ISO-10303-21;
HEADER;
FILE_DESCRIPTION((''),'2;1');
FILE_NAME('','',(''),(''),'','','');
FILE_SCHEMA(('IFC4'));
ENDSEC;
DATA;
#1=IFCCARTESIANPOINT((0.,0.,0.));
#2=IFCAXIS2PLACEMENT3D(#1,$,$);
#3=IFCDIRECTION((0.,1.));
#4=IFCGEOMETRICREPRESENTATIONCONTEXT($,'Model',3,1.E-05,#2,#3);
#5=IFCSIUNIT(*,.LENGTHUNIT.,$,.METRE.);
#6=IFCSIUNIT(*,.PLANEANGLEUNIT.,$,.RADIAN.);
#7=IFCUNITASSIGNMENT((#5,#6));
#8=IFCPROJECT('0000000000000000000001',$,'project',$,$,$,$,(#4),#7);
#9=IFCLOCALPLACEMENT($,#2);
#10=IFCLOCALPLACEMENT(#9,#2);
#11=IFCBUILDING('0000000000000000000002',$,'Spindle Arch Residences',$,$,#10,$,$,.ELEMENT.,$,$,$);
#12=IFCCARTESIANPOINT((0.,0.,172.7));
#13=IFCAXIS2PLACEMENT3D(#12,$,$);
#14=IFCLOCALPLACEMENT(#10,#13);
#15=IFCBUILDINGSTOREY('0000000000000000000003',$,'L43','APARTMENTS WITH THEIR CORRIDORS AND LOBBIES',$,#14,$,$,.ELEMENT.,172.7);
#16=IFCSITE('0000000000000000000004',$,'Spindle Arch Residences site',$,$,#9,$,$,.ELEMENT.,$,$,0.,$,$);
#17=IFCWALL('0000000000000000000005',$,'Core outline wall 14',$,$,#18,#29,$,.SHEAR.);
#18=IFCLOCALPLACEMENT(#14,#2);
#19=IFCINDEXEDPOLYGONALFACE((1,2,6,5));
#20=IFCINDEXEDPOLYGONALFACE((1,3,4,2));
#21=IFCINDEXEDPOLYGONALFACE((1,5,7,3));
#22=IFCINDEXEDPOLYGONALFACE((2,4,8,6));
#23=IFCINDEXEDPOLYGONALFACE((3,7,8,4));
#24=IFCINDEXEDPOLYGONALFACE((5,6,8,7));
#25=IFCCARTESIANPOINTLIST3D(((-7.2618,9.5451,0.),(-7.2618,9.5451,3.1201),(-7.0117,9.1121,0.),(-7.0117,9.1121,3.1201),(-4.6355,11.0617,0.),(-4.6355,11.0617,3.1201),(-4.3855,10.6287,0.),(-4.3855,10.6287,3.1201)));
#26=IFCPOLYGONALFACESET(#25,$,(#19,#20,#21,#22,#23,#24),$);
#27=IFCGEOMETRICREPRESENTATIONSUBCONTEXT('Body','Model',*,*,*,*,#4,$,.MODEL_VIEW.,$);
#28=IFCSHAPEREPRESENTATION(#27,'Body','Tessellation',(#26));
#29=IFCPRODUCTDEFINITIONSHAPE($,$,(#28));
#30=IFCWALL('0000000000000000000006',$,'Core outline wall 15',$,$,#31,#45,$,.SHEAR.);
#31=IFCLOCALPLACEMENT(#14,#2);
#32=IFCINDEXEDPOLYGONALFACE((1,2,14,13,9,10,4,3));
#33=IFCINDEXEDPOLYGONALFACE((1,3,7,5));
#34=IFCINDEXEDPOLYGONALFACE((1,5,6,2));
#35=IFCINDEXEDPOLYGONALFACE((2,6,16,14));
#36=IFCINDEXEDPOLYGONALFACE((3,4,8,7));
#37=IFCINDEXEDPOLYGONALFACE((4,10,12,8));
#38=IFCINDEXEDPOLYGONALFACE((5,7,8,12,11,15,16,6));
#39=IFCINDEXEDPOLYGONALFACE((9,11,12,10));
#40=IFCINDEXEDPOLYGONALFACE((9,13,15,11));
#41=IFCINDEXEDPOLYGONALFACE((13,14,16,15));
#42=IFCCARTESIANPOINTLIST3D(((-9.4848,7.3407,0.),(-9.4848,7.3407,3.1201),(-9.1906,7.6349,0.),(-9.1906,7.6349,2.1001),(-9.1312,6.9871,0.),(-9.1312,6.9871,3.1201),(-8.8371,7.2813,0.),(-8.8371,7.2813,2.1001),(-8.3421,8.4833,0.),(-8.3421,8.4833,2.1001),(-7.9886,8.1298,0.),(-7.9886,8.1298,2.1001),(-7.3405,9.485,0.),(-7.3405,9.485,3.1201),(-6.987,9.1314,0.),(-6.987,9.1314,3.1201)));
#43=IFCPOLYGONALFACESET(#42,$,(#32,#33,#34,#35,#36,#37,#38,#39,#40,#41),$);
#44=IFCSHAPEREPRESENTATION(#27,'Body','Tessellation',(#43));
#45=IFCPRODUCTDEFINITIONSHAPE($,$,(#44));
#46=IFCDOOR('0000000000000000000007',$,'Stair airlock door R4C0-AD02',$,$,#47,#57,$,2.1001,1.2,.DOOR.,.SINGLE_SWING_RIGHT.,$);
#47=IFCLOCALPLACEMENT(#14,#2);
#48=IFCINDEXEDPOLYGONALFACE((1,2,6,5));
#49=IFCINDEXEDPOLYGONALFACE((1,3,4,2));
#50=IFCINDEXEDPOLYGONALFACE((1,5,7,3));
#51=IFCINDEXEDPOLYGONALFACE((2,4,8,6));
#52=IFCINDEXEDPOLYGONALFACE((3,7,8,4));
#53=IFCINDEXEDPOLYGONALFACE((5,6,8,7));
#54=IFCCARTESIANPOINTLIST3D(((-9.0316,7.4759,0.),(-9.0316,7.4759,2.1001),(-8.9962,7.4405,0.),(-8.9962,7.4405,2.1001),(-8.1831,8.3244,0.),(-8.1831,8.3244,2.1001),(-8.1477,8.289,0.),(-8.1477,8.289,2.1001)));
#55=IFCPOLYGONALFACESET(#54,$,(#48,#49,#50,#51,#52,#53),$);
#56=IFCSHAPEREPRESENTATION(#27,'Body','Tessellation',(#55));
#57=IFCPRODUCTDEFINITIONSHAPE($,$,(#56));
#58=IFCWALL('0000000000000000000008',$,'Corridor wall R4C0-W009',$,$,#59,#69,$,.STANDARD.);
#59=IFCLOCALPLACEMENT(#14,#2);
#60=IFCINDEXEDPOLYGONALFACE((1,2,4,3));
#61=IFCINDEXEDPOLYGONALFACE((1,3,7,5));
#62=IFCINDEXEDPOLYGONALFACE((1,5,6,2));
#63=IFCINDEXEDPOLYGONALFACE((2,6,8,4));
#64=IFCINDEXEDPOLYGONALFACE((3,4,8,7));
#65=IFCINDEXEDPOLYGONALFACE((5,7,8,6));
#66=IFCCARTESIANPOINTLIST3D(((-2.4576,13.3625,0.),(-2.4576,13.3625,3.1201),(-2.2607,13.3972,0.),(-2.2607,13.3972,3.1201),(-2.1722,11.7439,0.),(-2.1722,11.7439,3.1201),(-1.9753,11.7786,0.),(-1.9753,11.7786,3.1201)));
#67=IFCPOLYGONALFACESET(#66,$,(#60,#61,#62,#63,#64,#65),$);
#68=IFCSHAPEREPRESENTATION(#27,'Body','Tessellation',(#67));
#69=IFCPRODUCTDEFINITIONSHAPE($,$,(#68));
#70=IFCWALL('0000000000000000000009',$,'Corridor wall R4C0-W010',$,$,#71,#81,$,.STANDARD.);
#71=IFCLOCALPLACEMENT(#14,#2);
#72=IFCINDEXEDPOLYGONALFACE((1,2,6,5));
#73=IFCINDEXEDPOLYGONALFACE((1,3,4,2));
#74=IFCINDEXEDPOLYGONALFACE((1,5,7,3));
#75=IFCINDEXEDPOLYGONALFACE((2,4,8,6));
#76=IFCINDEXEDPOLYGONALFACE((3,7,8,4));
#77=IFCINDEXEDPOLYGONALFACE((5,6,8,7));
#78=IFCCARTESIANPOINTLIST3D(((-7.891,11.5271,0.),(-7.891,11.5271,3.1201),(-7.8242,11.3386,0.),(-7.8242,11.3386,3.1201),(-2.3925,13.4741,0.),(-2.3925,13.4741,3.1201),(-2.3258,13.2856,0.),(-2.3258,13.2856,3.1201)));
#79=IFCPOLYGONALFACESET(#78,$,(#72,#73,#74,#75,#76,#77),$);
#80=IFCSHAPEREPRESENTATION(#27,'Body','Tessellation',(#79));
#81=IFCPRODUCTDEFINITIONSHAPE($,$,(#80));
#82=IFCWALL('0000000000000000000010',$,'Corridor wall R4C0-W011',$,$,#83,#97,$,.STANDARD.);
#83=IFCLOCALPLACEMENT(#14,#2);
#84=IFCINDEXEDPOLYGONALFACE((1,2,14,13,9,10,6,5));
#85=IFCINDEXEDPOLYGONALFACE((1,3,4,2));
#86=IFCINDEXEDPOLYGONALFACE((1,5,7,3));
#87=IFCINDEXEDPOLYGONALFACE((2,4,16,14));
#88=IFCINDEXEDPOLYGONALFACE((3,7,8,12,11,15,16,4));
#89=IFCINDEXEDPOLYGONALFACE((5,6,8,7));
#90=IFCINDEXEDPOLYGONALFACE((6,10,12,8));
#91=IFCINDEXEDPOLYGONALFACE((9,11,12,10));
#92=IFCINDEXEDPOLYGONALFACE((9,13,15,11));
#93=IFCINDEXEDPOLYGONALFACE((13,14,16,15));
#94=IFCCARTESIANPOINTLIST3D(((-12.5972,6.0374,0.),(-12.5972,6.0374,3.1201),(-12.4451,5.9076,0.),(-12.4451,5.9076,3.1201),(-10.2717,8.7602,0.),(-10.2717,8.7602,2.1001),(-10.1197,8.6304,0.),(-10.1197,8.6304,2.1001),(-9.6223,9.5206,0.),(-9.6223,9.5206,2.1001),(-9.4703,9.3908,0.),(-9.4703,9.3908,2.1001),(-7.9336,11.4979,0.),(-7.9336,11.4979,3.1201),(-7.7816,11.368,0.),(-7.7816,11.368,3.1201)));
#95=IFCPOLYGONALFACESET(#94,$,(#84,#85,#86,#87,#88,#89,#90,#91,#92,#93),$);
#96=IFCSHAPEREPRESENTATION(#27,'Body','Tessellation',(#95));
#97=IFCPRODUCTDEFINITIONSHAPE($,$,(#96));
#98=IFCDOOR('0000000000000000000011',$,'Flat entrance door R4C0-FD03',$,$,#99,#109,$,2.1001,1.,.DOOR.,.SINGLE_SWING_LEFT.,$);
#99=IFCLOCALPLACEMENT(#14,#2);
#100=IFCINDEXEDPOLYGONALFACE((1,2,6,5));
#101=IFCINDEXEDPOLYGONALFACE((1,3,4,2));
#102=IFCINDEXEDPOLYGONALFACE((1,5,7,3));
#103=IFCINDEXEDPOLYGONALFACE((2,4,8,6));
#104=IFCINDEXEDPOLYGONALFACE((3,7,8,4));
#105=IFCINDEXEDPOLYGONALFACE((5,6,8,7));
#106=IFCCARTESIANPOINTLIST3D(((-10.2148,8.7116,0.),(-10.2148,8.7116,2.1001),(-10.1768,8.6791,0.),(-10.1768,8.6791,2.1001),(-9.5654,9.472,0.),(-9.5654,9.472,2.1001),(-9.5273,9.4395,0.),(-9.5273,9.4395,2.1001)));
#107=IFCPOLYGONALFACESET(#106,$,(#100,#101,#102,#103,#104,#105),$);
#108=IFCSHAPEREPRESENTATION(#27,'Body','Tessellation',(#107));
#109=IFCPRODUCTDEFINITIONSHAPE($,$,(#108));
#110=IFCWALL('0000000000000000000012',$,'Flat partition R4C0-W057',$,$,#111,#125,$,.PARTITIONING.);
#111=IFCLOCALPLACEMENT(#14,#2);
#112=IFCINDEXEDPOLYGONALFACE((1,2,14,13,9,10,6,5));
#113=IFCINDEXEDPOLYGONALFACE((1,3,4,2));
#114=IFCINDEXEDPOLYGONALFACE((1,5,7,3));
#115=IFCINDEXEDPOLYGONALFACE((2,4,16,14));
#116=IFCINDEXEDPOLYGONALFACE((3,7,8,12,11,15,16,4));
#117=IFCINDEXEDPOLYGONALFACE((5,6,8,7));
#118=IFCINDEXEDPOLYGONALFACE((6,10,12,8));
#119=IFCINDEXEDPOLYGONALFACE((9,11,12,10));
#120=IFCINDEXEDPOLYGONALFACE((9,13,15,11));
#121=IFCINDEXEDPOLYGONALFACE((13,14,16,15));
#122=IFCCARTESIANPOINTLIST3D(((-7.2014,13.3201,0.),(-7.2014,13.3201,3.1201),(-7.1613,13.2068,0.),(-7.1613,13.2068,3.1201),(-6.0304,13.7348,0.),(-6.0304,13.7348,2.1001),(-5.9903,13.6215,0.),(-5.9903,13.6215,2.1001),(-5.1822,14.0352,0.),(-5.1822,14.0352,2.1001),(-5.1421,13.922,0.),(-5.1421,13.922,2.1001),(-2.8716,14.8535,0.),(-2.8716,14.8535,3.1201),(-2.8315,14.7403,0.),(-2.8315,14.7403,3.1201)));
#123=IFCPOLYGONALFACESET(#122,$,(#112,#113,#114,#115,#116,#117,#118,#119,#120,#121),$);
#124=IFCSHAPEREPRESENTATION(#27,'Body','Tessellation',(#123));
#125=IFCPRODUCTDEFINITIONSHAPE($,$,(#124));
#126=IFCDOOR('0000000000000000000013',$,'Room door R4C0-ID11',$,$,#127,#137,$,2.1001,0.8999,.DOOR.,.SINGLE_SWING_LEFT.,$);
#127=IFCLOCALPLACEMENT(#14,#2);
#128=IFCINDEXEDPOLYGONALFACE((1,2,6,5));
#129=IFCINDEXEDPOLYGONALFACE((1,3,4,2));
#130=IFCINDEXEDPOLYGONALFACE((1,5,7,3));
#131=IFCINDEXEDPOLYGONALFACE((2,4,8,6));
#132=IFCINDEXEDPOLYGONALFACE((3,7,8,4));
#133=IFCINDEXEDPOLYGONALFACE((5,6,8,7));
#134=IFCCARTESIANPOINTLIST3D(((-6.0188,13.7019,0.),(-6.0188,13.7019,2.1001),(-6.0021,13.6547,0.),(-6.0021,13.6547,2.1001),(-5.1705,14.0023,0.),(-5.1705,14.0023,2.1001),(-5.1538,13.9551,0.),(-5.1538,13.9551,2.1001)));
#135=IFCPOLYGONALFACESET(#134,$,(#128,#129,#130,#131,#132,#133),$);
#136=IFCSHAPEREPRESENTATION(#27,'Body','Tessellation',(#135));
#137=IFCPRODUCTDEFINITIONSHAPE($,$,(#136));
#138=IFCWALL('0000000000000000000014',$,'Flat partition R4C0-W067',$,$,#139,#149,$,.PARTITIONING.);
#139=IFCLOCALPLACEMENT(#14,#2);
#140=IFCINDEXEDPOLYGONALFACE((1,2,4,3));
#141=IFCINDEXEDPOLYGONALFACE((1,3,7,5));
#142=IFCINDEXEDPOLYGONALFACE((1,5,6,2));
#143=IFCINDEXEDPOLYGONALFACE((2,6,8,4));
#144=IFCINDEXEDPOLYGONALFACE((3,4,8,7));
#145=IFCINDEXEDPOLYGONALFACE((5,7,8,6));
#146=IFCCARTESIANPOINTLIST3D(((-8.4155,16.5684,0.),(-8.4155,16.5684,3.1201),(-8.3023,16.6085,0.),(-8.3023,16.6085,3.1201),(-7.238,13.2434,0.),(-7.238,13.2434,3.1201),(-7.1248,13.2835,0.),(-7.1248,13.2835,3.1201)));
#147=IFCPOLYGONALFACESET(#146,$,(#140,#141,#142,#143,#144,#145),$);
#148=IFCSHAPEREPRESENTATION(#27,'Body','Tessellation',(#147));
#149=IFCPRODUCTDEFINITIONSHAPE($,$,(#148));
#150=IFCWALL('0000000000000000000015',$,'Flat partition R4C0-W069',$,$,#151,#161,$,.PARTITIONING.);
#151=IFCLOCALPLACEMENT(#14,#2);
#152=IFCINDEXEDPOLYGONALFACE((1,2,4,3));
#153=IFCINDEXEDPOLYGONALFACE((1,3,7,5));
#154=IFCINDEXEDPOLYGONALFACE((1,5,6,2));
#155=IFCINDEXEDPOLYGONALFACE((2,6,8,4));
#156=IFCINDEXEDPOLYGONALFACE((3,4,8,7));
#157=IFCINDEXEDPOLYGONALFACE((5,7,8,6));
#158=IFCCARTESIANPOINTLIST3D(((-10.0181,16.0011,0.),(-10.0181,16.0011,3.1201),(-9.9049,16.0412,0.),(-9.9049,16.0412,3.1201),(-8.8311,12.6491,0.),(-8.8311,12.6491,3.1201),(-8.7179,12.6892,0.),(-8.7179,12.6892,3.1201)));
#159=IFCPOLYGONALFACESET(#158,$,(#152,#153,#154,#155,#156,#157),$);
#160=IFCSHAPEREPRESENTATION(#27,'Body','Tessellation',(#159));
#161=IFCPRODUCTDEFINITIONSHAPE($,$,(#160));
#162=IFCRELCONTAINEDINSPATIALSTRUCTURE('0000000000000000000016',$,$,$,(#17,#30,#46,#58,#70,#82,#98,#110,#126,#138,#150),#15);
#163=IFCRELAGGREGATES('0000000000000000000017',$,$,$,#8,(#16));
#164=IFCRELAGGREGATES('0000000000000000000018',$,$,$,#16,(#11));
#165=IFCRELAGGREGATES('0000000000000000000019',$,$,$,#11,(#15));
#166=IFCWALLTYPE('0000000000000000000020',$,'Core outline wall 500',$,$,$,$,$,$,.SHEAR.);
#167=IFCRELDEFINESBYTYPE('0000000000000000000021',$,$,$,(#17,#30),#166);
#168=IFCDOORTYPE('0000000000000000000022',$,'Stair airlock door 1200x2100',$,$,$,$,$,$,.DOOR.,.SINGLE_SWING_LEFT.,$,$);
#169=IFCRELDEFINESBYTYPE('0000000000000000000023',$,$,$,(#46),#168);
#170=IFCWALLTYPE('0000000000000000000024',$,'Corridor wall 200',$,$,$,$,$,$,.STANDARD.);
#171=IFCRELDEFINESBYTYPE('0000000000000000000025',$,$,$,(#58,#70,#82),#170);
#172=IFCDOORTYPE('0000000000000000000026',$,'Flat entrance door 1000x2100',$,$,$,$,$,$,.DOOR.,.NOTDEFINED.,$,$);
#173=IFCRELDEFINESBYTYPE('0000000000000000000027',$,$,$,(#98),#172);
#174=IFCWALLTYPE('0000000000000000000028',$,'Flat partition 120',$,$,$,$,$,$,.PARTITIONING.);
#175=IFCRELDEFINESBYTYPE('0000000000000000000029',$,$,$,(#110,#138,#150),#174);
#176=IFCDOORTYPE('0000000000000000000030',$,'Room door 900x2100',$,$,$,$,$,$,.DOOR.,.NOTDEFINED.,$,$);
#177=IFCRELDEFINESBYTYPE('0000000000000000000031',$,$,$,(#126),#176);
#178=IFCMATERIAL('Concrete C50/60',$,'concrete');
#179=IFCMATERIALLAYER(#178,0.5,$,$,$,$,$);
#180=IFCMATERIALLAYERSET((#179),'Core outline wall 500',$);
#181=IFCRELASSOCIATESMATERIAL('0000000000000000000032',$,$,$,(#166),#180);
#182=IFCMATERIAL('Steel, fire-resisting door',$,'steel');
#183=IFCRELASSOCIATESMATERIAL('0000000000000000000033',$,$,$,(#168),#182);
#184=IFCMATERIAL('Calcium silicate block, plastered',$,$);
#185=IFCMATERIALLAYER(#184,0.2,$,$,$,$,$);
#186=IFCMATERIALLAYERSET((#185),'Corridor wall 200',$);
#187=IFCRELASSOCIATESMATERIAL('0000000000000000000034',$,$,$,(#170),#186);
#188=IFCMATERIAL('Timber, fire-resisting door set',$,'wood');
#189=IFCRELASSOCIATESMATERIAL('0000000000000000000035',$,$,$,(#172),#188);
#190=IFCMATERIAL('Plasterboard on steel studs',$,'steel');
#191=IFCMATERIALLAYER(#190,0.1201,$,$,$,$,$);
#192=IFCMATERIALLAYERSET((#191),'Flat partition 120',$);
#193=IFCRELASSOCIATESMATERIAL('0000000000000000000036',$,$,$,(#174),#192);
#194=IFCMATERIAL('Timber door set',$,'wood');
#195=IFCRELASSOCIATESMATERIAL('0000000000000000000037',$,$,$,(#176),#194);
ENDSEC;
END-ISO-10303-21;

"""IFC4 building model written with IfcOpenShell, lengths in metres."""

from ifc_helpers import new_model, si_unit, direction, frame, frame_2d, origin, place, context, subcontext, project, spatial, rectangle, extrude, material, layer, layer_set, type_object, element, fill, save


model = new_model("IFC4")

# Units and contexts
model_context = context("Model", 3, precision=1e-05, world=origin(), true_north=direction((0.0, 1.0)))
body_context = subcontext(model_context, "Body", "Model", "MODEL_VIEW")
ifc_project = project(units=[si_unit("LENGTHUNIT", "METRE"), si_unit("PLANEANGLEUNIT", "RADIAN")], contexts=[model_context])

# Site, building, storey
site_placement = place(None, origin())
site = spatial("IfcSite", under=ifc_project, at=site_placement, Name="Spindle Arch Residences site", CompositionType="ELEMENT", RefElevation=0.0)
building_placement = place(site_placement, origin())
building = spatial("IfcBuilding", under=site, at=building_placement, Name="Spindle Arch Residences", CompositionType="ELEMENT")
storey_placement = place(building_placement, frame((0.0, 0.0, 172.7)))
storey = spatial("IfcBuildingStorey", under=building, at=storey_placement, Name="L43", Description="APARTMENTS WITH THEIR CORRIDORS AND LOBBIES", CompositionType="ELEMENT", Elevation=172.7)

# Wall
ifc_material_1 = material(Name="Concrete C50/60", Category="concrete")
ifc_layer_1 = layer(ifc_material_1, 0.5)
ifc_layer_set_1 = layer_set([ifc_layer_1], Name="Core outline wall 500")
wall_type_1 = type_object("IfcWallType", Name="Core outline wall 500", PredefinedType="SHEAR", material=ifc_layer_set_1)
wall_1_placement = place(storey_placement, frame((-4.5105, 10.8452, 0.0), z_axis=(0.0, 0.0, 1.0), x_axis=(-0.865975, -0.500087, 0.0)))
element("IfcWall", 1, at=wall_1_placement, inside=storey, type_object=wall_type_1, Name="Core outline wall 14", PredefinedType="SHEAR", context=body_context, shape_type="SweptSolid", body=[
    extrude(rectangle(XDim=3.0327, YDim=0.5, at=frame_2d((1.5164, 0.0))), origin(), (0.0, 0.0, 1.0), 3.1201),
])

# Wall, opening, door
wall_2_placement = place(storey_placement, frame((-7.1638, 9.3081, 0.0), z_axis=(0.0, 0.0, 1.0), x_axis=(-0.707107, -0.707107, 0.0)))
wall_2 = element("IfcWall", 2, at=wall_2_placement, inside=storey, type_object=wall_type_1, Name="Core outline wall 15", PredefinedType="SHEAR", context=body_context, shape_type="SweptSolid", body=[
    extrude(rectangle(XDim=3.0325, YDim=0.5, at=frame_2d((1.5161, 0.0))), origin(), (0.0, 0.0, 1.0), 3.1201),
])
opening_1_placement = place(wall_2_placement, frame((1.4163, 0.0, 0.0)))
opening_1 = element("IfcOpeningElement", 3, at=opening_1_placement, cuts=wall_2, PredefinedType="OPENING", context=body_context, shape_type="SweptSolid", body=[
    extrude(rectangle(XDim=1.2, YDim=2.1001, at=frame_2d((0.6001, 1.05))), frame((0.0, 0.26, 0.0), z_axis=(0.0, -1.0, 0.0), x_axis=(1.0, 0.0, 0.0)), (0.0, 0.0, 1.0), 0.52),
])
ifc_material_2 = material(Name="Steel, fire-resisting door", Category="steel")
door_type_1 = type_object("IfcDoorType", Name="Stair airlock door 1200x2100", OperationType="SINGLE_SWING_LEFT", PredefinedType="DOOR", material=ifc_material_2)
door_1_placement = place(opening_1_placement, origin())
door_1 = element("IfcDoor", 4, at=door_1_placement, inside=storey, type_object=door_type_1, Name="Stair airlock door R4C0-AD02", OperationType="SINGLE_SWING_RIGHT", OverallHeight=2.1001, OverallWidth=1.2, PredefinedType="DOOR", context=body_context, shape_type="SweptSolid", body=[
    extrude(rectangle(XDim=1.2, YDim=2.1001, at=frame_2d((0.6001, 1.05))), frame((0.0, 0.0249, 0.0), z_axis=(0.0, -1.0, 0.0), x_axis=(1.0, 0.0, 0.0)), (0.0, 0.0, 1.0), 0.05),
])
fill(opening_1, door_1)

# Walls
ifc_material_3 = material(Name="Calcium silicate block, plastered")
ifc_layer_2 = layer(ifc_material_3, 0.2)
ifc_layer_set_2 = layer_set([ifc_layer_2], Name="Corridor wall 200")
wall_type_2 = type_object("IfcWallType", Name="Corridor wall 200", PredefinedType="STANDARD", material=ifc_layer_set_2)
wall_3_placement = place(storey_placement, frame((-2.0737, 11.7612, 0.0), z_axis=(0.0, 0.0, 1.0), x_axis=(-0.173641, 0.984809, 0.0)))
element("IfcWall", 5, at=wall_3_placement, inside=storey, type_object=wall_type_2, Name="Corridor wall R4C0-W009", PredefinedType="STANDARD", context=body_context, shape_type="SweptSolid", body=[
    extrude(rectangle(XDim=1.6436, YDim=0.2, at=frame_2d((0.8218, 0.0))), origin(), (0.0, 0.0, 1.0), 3.1201),
])
wall_4_placement = place(storey_placement, frame((-2.3591, 13.3799, 0.0), z_axis=(0.0, 0.0, 1.0), x_axis=(-0.942648, -0.33379, 0.0)))
element("IfcWall", 6, at=wall_4_placement, inside=storey, type_object=wall_type_2, Name="Corridor wall R4C0-W010", PredefinedType="STANDARD", context=body_context, shape_type="SweptSolid", body=[
    extrude(rectangle(XDim=5.833, YDim=0.2, at=frame_2d((2.9165, 0.0))), origin(), (0.0, 0.0, 1.0), 3.1201),
])

# Walls, openings, doors
wall_5_placement = place(storey_placement, frame((-7.8577, 11.4329, 0.0), z_axis=(0.0, 0.0, 1.0), x_axis=(-0.649441, -0.760412, 0.0)))
wall_5 = element("IfcWall", 7, at=wall_5_placement, inside=storey, type_object=wall_type_2, Name="Corridor wall R4C0-W011", PredefinedType="STANDARD", context=body_context, shape_type="SweptSolid", body=[
    extrude(rectangle(XDim=7.1809, YDim=0.2, at=frame_2d((3.5903, 0.0))), origin(), (0.0, 0.0, 1.0), 3.1201),
])
opening_2_placement = place(wall_5_placement, frame((2.6001, 0.0, 0.0)))
opening_2 = element("IfcOpeningElement", 8, at=opening_2_placement, cuts=wall_5, PredefinedType="OPENING", context=body_context, shape_type="SweptSolid", body=[
    extrude(rectangle(XDim=1.0, YDim=2.1001, at=frame_2d((0.5, 1.05))), frame((0.0, 0.1099, 0.0), z_axis=(0.0, -1.0, 0.0), x_axis=(1.0, 0.0, 0.0)), (0.0, 0.0, 1.0), 0.22),
])
ifc_material_4 = material(Name="Timber, fire-resisting door set", Category="wood")
door_type_2 = type_object("IfcDoorType", Name="Flat entrance door 1000x2100", OperationType="NOTDEFINED", PredefinedType="DOOR", material=ifc_material_4)
door_2_placement = place(opening_2_placement, origin())
door_2 = element("IfcDoor", 9, at=door_2_placement, inside=storey, type_object=door_type_2, Name="Flat entrance door R4C0-FD03", OperationType="SINGLE_SWING_LEFT", OverallHeight=2.1001, OverallWidth=1.0, PredefinedType="DOOR", context=body_context, shape_type="SweptSolid", body=[
    extrude(rectangle(XDim=1.0, YDim=2.1001, at=frame_2d((0.5, 1.05))), frame((0.0, 0.0249, 0.0), z_axis=(0.0, -1.0, 0.0), x_axis=(1.0, 0.0, 0.0)), (0.0, 0.0, 1.0), 0.05),
])
fill(opening_2, door_2)
ifc_material_5 = material(Name="Plasterboard on steel studs", Category="steel")
ifc_layer_3 = layer(ifc_material_5, 0.1201)
ifc_layer_set_3 = layer_set([ifc_layer_3], Name="Flat partition 120")
wall_type_3 = type_object("IfcWallType", Name="Flat partition 120", PredefinedType="PARTITIONING", material=ifc_layer_set_3)
wall_6_placement = place(storey_placement, frame((-2.8516, 14.7969, 0.0), z_axis=(0.0, 0.0, 1.0), x_axis=(-0.94263, -0.33384, 0.0)))
wall_6 = element("IfcWall", 10, at=wall_6_placement, inside=storey, type_object=wall_type_3, Name="Flat partition R4C0-W057", PredefinedType="PARTITIONING", context=body_context, shape_type="SweptSolid", body=[
    extrude(rectangle(XDim=4.5933, YDim=0.1201, at=frame_2d((2.2966, 0.0))), origin(), (0.0, 0.0, 1.0), 3.1201),
])
opening_3_placement = place(wall_6_placement, frame((2.4512, 0.0, 0.0)))
opening_3 = element("IfcOpeningElement", 11, at=opening_3_placement, cuts=wall_6, PredefinedType="OPENING", context=body_context, shape_type="SweptSolid", body=[
    extrude(rectangle(XDim=0.8999, YDim=2.1001, at=frame_2d((0.45, 1.05))), frame((0.0, 0.0701, 0.0), z_axis=(0.0, -1.0, 0.0), x_axis=(1.0, 0.0, 0.0)), (0.0, 0.0, 1.0), 0.1401),
])
ifc_material_6 = material(Name="Timber door set", Category="wood")
door_type_3 = type_object("IfcDoorType", Name="Room door 900x2100", OperationType="NOTDEFINED", PredefinedType="DOOR", material=ifc_material_6)
door_3_placement = place(opening_3_placement, origin())
door_3 = element("IfcDoor", 12, at=door_3_placement, inside=storey, type_object=door_type_3, Name="Room door R4C0-ID11", OperationType="SINGLE_SWING_LEFT", OverallHeight=2.1001, OverallWidth=0.8999, PredefinedType="DOOR", context=body_context, shape_type="SweptSolid", body=[
    extrude(rectangle(XDim=0.8999, YDim=2.1001, at=frame_2d((0.45, 1.05))), frame((0.0, 0.0249, 0.0), z_axis=(0.0, -1.0, 0.0), x_axis=(1.0, 0.0, 0.0)), (0.0, 0.0, 1.0), 0.05),
])
fill(opening_3, door_3)

# Walls
wall_7_placement = place(storey_placement, frame((-7.1814, 13.2634, 0.0), z_axis=(0.0, 0.0, 1.0), x_axis=(-0.333823, 0.942636, 0.0)))
element("IfcWall", 13, at=wall_7_placement, inside=storey, type_object=wall_type_3, Name="Flat partition R4C0-W067", PredefinedType="PARTITIONING", context=body_context, shape_type="SweptSolid", body=[
    extrude(rectangle(XDim=3.5273, YDim=0.1201, at=frame_2d((1.7637, 0.0))), origin(), (0.0, 0.0, 1.0), 3.1201),
])
wall_8_placement = place(storey_placement, frame((-9.9614, 16.021, 0.0), z_axis=(0.0, 0.0, 1.0), x_axis=(0.333804, -0.942643, 0.0)))
element("IfcWall", 14, at=wall_8_placement, inside=storey, type_object=wall_type_3, Name="Flat partition R4C0-W069", PredefinedType="PARTITIONING", context=body_context, shape_type="SweptSolid", body=[
    extrude(rectangle(XDim=3.5559, YDim=0.1201, at=frame_2d((1.7778, 0.0))), origin(), (0.0, 0.0, 1.0), 3.1201),
])

save(model, "model.ifc")
